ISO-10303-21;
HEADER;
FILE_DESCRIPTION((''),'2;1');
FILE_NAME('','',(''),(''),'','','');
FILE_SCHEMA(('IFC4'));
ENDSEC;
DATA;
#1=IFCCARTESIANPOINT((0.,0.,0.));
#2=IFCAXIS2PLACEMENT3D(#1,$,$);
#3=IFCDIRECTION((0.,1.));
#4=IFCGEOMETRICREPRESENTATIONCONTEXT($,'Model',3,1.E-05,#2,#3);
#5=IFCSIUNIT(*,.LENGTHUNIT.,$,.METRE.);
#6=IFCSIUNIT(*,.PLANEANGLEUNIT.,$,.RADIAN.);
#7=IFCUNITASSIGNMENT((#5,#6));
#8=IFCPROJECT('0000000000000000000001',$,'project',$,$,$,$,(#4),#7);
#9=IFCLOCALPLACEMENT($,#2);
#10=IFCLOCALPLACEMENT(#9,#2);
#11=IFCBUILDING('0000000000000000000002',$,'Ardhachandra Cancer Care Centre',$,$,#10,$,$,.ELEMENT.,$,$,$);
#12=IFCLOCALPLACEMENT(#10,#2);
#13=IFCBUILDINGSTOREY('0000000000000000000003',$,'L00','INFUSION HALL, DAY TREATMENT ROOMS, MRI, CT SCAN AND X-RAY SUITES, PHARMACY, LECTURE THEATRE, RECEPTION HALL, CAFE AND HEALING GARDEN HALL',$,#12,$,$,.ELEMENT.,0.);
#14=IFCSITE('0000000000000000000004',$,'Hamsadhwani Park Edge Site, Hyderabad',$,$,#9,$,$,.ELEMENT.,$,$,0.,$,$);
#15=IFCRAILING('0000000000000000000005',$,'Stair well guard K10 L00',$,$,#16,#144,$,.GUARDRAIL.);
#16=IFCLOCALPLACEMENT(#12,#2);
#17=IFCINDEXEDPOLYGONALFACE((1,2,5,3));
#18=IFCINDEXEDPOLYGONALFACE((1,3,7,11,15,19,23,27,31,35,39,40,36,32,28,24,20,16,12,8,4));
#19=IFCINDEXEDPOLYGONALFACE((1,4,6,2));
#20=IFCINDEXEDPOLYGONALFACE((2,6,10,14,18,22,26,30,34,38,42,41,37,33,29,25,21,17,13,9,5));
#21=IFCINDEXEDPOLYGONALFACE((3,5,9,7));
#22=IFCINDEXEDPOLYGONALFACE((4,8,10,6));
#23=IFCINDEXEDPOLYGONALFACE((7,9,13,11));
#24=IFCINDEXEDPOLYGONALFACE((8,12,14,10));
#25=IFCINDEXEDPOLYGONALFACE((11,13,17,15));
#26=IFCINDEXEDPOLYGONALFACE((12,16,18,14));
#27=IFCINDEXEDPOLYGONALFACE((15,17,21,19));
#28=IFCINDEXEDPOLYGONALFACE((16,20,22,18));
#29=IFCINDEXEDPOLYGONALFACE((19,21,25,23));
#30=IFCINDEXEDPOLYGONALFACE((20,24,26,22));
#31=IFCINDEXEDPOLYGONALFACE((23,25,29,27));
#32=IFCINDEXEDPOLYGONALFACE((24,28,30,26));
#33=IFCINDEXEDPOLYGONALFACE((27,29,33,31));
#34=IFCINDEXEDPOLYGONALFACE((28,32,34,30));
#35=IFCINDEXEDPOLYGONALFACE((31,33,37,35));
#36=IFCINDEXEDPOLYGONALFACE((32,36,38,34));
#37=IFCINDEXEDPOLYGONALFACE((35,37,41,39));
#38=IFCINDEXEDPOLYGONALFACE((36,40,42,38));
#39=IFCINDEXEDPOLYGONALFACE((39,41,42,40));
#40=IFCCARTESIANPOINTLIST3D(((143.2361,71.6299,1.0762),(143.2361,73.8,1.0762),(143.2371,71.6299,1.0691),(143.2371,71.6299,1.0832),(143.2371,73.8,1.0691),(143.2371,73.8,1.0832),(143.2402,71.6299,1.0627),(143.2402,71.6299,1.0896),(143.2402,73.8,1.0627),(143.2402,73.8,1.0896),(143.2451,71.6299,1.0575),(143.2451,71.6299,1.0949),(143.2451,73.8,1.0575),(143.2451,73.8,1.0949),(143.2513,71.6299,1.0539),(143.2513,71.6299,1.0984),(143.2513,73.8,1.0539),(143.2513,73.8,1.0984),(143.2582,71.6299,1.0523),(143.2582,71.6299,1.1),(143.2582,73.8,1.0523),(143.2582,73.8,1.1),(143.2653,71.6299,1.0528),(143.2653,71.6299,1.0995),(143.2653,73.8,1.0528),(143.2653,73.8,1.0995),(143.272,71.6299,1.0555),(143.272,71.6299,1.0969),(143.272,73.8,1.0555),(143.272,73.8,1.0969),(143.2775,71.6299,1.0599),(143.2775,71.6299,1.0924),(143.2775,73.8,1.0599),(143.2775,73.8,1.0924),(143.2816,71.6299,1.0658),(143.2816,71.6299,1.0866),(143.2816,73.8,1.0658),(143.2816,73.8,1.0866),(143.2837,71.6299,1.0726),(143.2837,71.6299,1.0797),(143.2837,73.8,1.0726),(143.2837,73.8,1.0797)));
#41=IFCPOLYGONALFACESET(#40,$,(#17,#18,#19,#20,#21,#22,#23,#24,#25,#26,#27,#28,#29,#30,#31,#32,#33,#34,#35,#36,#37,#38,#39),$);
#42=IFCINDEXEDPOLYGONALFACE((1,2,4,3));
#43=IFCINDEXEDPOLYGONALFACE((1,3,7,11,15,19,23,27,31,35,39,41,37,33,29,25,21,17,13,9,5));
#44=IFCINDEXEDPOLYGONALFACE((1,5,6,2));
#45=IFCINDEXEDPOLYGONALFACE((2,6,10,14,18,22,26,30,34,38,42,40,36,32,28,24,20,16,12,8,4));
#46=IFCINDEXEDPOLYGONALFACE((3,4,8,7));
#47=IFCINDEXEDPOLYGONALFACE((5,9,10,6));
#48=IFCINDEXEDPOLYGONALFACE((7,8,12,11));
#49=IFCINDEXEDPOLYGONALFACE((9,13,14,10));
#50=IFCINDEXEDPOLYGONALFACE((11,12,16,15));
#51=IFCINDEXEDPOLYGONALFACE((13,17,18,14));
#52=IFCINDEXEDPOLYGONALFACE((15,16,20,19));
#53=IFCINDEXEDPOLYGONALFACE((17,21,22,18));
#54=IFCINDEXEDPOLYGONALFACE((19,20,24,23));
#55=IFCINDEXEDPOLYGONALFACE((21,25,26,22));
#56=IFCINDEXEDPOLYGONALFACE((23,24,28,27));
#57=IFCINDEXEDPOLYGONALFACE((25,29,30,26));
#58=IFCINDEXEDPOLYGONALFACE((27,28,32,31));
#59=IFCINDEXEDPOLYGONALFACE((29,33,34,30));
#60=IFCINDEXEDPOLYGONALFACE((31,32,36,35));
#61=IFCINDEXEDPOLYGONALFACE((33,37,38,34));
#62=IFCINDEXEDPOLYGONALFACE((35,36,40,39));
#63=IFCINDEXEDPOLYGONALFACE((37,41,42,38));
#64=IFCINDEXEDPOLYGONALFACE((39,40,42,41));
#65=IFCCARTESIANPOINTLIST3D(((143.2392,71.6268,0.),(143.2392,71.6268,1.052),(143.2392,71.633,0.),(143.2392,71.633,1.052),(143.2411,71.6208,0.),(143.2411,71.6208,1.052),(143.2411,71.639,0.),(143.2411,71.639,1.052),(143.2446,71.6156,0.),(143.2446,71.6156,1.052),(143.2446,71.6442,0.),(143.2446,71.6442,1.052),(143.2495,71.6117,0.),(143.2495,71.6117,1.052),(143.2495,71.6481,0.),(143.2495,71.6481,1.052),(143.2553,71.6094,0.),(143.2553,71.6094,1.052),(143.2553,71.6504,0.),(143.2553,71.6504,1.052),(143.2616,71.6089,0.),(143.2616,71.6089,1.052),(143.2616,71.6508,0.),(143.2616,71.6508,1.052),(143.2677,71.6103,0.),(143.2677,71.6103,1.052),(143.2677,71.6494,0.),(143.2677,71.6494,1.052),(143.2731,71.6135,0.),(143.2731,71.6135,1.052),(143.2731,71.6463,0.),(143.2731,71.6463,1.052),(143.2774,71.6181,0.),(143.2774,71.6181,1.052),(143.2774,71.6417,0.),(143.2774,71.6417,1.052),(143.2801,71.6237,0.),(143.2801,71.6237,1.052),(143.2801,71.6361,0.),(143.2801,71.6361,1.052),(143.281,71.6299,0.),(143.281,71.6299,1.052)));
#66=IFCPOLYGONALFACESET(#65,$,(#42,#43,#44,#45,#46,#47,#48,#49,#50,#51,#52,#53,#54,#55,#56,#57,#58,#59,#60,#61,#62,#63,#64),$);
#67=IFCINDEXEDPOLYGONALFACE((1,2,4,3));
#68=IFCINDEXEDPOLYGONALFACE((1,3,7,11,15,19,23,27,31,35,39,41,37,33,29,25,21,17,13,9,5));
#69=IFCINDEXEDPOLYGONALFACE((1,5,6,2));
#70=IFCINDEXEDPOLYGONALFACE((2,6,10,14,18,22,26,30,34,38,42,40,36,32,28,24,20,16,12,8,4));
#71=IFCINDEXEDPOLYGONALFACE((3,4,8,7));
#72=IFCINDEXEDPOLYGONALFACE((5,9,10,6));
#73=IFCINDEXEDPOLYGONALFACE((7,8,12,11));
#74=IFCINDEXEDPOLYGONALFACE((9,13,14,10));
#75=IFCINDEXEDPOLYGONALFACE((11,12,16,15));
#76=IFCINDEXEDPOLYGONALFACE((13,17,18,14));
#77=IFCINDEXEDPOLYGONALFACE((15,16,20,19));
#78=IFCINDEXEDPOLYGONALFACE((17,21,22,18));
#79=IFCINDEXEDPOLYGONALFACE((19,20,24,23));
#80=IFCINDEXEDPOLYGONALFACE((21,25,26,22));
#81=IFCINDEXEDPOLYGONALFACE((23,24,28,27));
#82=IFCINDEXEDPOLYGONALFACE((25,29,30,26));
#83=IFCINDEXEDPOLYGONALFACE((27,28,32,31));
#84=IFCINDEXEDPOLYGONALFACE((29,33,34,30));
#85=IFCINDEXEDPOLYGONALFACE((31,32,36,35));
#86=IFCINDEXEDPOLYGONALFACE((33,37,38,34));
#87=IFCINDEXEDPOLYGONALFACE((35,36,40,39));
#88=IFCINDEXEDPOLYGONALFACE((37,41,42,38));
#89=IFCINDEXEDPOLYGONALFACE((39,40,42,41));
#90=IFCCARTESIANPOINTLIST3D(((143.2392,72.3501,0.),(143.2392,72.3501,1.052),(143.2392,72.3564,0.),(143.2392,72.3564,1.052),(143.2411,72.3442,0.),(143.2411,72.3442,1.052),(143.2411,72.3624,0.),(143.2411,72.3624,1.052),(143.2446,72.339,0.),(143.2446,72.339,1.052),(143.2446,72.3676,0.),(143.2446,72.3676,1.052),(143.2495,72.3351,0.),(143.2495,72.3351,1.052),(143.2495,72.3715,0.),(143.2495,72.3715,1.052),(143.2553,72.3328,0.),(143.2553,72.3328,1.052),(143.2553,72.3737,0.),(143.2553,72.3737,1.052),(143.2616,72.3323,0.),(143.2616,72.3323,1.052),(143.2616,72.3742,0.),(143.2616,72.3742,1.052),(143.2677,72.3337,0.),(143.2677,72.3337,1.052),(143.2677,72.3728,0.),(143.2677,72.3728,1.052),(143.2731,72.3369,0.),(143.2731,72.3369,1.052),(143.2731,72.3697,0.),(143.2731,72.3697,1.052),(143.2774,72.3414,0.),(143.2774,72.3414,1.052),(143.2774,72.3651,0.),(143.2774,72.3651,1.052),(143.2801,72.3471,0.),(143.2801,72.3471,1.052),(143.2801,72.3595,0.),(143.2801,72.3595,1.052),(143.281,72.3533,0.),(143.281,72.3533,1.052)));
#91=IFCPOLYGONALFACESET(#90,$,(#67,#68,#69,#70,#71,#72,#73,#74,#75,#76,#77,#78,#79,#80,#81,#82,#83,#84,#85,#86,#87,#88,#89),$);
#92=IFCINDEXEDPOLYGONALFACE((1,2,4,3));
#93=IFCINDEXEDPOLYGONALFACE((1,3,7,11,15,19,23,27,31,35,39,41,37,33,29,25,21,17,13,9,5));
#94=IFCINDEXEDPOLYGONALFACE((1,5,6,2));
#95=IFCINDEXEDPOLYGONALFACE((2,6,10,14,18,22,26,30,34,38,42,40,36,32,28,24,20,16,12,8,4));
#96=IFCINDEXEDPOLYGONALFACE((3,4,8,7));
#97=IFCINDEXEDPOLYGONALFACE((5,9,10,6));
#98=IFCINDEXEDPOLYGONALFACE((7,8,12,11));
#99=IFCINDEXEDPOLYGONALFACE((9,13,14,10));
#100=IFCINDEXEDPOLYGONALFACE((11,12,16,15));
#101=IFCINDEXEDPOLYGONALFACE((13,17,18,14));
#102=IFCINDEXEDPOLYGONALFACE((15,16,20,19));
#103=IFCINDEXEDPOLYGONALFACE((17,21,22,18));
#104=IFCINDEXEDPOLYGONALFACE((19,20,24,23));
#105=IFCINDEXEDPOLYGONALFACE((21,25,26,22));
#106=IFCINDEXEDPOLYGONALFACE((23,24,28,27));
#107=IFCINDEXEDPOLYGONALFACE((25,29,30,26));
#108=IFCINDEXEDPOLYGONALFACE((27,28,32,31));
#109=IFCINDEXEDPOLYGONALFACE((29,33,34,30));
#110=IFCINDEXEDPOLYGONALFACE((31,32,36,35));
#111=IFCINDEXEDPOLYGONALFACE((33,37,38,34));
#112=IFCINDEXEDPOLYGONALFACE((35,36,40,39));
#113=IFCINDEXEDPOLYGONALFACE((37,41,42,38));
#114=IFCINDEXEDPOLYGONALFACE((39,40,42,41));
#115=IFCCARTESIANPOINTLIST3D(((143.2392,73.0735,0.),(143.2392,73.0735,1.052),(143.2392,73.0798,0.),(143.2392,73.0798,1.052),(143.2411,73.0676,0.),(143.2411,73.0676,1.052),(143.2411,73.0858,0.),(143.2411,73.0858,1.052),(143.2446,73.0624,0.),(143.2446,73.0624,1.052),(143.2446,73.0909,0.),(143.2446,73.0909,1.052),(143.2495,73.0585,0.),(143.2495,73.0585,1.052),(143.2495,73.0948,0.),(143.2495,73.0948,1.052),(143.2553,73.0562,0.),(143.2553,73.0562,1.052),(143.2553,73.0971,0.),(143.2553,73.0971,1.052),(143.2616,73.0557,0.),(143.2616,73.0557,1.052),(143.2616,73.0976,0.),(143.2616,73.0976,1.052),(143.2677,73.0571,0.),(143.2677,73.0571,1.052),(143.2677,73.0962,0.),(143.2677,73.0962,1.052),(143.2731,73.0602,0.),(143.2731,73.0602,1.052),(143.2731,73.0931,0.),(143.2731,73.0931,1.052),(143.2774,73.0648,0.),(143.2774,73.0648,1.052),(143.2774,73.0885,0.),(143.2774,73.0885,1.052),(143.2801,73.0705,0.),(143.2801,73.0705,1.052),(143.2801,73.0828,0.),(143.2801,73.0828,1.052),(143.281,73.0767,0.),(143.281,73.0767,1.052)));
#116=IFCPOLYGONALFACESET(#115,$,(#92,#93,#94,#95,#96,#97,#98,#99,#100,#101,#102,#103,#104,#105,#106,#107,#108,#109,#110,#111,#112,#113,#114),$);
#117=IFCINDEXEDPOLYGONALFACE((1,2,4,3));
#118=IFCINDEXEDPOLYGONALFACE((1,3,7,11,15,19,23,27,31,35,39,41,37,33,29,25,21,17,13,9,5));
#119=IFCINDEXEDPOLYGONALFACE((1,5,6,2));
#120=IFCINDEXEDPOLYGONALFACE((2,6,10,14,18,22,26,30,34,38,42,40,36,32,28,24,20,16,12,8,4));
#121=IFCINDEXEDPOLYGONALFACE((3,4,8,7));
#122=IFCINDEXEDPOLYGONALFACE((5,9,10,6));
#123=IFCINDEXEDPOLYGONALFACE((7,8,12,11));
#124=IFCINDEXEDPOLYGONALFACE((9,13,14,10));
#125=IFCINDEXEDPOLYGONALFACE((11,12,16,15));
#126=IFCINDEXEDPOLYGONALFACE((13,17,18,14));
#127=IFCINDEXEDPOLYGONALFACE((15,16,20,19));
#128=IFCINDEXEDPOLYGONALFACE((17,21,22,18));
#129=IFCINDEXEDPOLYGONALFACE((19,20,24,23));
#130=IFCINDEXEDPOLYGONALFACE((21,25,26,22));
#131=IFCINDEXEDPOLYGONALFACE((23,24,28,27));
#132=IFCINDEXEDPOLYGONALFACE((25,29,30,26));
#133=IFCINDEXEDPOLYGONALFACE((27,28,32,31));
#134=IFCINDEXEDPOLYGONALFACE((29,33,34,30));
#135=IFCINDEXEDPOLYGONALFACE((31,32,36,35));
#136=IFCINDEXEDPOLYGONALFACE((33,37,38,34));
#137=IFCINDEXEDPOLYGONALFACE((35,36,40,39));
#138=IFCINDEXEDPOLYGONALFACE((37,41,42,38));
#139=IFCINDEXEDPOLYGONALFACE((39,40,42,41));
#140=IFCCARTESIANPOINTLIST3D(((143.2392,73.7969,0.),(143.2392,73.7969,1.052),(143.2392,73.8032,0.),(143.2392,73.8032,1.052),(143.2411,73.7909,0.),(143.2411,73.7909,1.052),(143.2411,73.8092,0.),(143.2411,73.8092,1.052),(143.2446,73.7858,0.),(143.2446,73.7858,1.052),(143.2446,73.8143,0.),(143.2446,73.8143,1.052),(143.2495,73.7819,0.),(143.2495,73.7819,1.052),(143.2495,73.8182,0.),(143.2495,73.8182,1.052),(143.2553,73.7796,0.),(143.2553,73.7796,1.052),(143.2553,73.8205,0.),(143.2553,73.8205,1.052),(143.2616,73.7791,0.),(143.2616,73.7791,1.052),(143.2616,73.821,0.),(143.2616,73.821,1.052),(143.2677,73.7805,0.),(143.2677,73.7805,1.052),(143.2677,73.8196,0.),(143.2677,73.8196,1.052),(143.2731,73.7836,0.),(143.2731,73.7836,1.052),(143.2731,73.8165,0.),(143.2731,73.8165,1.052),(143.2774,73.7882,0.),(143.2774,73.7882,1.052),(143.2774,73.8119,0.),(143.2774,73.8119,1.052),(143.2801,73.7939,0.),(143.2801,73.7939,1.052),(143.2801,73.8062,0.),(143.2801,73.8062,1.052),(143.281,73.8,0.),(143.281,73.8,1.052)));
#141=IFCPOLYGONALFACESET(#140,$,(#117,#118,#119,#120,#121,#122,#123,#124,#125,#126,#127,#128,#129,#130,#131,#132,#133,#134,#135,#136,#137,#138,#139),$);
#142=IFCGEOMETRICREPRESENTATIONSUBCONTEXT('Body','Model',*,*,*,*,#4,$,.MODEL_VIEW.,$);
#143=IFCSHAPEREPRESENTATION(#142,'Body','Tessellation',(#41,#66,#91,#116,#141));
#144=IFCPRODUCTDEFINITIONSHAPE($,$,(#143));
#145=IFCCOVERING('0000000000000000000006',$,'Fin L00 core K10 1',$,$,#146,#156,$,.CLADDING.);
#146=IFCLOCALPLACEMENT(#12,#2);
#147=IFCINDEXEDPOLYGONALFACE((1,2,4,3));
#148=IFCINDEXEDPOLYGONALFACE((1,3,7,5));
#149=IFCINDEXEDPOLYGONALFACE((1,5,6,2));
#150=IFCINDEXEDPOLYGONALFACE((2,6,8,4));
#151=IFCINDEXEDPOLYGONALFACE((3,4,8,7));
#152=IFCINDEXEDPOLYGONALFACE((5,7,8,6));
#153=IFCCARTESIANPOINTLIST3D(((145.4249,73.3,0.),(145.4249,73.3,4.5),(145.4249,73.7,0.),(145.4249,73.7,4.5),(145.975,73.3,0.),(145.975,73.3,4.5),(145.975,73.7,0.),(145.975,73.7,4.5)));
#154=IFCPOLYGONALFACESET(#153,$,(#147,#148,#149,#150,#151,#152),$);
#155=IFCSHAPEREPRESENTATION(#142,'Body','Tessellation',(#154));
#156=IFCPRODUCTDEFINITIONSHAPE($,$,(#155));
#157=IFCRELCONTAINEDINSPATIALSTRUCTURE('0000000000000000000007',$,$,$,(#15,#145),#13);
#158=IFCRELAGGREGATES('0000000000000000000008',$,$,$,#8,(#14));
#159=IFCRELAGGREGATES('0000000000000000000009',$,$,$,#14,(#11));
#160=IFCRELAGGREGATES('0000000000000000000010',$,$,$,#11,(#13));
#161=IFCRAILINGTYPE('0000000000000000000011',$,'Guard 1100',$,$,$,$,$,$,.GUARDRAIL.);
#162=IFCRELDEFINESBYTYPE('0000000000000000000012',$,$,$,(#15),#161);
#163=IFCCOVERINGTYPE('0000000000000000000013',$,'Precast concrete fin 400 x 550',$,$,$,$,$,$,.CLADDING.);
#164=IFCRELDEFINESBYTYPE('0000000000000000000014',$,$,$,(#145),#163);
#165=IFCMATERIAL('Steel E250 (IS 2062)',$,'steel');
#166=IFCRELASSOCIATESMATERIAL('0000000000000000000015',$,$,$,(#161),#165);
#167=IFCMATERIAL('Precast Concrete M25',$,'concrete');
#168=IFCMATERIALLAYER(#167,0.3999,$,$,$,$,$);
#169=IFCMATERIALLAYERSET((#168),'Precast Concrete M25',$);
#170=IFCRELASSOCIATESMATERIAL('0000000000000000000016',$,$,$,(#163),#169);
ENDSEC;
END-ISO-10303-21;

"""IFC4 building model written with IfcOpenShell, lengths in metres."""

from ifc_helpers import new_model, si_unit, direction, frame, origin, origin_2d, place, context, subcontext, project, spatial, rectangle, circle, extrude, material, layer, layer_set, type_object, element, save


model = new_model("IFC4")

# Units and contexts
model_context = context("Model", 3, precision=1e-05, world=origin(), true_north=direction((0.0, 1.0)))
body_context = subcontext(model_context, "Body", "Model", "MODEL_VIEW")
ifc_project = project(units=[si_unit("LENGTHUNIT", "METRE"), si_unit("PLANEANGLEUNIT", "RADIAN")], contexts=[model_context])

# Site, building, storey
site_placement = place(None, origin())
site = spatial("IfcSite", under=ifc_project, at=site_placement, Name="Hamsadhwani Park Edge Site, Hyderabad", CompositionType="ELEMENT", RefElevation=0.0)
building_placement = place(site_placement, origin())
building = spatial("IfcBuilding", under=site, at=building_placement, Name="Ardhachandra Cancer Care Centre", CompositionType="ELEMENT")
storey_placement = place(building_placement, origin())
storey = spatial("IfcBuildingStorey", under=building, at=storey_placement, Name="L00", Description="INFUSION HALL, DAY TREATMENT ROOMS, MRI, CT SCAN AND X-RAY SUITES, PHARMACY, LECTURE THEATRE, RECEPTION HALL, CAFE AND HEALING GARDEN HALL", CompositionType="ELEMENT", Elevation=0.0)

# Railing
ifc_material_1 = material(Name="Steel E250 (IS 2062)", Category="steel")
railing_type_1 = type_object("IfcRailingType", Name="Guard 1100", PredefinedType="GUARDRAIL", material=ifc_material_1)
railing_placement = place(storey_placement, frame((143.26, 71.6299, 0.0)))
element("IfcRailing", 1, at=railing_placement, inside=storey, type_object=railing_type_1, Name="Stair well guard K10 L00", PredefinedType="GUARDRAIL", context=body_context, shape_type="SweptSolid", body=[
    extrude(circle(Radius=0.0239, at=origin_2d()), frame((0.0, 0.0, 1.0762), z_axis=(0.0, 1.0, 0.0), x_axis=(-1.0, 0.0, 0.0)), (0.0, 0.0, 1.0), 2.1702),
    extrude(circle(Radius=0.021, at=origin_2d()), origin(), (0.0, 0.0, 1.0), 1.052),
    extrude(circle(Radius=0.021, at=origin_2d()), frame((0.0, 0.7234, 0.0)), (0.0, 0.0, 1.0), 1.052),
    extrude(circle(Radius=0.021, at=origin_2d()), frame((0.0, 1.4468, 0.0)), (0.0, 0.0, 1.0), 1.052),
    extrude(circle(Radius=0.021, at=origin_2d()), frame((0.0, 2.1702, 0.0)), (0.0, 0.0, 1.0), 1.052),
])

# Covering
ifc_material_2 = material(Name="Precast Concrete M25", Category="concrete")
ifc_layer_1 = layer(ifc_material_2, 0.3999)
ifc_layer_set_1 = layer_set([ifc_layer_1], Name="Precast Concrete M25")
covering_type = type_object("IfcCoveringType", Name="Precast concrete fin 400 x 550", PredefinedType="CLADDING", material=ifc_layer_set_1)
covering_placement = place(storey_placement, frame((145.7, 73.5, 0.0), z_axis=(0.0, 0.0, 1.0), x_axis=(0.0, 1.0, 0.0)))
element("IfcCovering", 2, at=covering_placement, inside=storey, type_object=covering_type, Name="Fin L00 core K10 1", PredefinedType="CLADDING", context=body_context, shape_type="SweptSolid", body=[
    extrude(rectangle(XDim=0.3999, YDim=0.55, at=origin_2d()), origin(), (0.0, 0.0, 1.0), 4.5),
])

save(model, "model.ifc")
